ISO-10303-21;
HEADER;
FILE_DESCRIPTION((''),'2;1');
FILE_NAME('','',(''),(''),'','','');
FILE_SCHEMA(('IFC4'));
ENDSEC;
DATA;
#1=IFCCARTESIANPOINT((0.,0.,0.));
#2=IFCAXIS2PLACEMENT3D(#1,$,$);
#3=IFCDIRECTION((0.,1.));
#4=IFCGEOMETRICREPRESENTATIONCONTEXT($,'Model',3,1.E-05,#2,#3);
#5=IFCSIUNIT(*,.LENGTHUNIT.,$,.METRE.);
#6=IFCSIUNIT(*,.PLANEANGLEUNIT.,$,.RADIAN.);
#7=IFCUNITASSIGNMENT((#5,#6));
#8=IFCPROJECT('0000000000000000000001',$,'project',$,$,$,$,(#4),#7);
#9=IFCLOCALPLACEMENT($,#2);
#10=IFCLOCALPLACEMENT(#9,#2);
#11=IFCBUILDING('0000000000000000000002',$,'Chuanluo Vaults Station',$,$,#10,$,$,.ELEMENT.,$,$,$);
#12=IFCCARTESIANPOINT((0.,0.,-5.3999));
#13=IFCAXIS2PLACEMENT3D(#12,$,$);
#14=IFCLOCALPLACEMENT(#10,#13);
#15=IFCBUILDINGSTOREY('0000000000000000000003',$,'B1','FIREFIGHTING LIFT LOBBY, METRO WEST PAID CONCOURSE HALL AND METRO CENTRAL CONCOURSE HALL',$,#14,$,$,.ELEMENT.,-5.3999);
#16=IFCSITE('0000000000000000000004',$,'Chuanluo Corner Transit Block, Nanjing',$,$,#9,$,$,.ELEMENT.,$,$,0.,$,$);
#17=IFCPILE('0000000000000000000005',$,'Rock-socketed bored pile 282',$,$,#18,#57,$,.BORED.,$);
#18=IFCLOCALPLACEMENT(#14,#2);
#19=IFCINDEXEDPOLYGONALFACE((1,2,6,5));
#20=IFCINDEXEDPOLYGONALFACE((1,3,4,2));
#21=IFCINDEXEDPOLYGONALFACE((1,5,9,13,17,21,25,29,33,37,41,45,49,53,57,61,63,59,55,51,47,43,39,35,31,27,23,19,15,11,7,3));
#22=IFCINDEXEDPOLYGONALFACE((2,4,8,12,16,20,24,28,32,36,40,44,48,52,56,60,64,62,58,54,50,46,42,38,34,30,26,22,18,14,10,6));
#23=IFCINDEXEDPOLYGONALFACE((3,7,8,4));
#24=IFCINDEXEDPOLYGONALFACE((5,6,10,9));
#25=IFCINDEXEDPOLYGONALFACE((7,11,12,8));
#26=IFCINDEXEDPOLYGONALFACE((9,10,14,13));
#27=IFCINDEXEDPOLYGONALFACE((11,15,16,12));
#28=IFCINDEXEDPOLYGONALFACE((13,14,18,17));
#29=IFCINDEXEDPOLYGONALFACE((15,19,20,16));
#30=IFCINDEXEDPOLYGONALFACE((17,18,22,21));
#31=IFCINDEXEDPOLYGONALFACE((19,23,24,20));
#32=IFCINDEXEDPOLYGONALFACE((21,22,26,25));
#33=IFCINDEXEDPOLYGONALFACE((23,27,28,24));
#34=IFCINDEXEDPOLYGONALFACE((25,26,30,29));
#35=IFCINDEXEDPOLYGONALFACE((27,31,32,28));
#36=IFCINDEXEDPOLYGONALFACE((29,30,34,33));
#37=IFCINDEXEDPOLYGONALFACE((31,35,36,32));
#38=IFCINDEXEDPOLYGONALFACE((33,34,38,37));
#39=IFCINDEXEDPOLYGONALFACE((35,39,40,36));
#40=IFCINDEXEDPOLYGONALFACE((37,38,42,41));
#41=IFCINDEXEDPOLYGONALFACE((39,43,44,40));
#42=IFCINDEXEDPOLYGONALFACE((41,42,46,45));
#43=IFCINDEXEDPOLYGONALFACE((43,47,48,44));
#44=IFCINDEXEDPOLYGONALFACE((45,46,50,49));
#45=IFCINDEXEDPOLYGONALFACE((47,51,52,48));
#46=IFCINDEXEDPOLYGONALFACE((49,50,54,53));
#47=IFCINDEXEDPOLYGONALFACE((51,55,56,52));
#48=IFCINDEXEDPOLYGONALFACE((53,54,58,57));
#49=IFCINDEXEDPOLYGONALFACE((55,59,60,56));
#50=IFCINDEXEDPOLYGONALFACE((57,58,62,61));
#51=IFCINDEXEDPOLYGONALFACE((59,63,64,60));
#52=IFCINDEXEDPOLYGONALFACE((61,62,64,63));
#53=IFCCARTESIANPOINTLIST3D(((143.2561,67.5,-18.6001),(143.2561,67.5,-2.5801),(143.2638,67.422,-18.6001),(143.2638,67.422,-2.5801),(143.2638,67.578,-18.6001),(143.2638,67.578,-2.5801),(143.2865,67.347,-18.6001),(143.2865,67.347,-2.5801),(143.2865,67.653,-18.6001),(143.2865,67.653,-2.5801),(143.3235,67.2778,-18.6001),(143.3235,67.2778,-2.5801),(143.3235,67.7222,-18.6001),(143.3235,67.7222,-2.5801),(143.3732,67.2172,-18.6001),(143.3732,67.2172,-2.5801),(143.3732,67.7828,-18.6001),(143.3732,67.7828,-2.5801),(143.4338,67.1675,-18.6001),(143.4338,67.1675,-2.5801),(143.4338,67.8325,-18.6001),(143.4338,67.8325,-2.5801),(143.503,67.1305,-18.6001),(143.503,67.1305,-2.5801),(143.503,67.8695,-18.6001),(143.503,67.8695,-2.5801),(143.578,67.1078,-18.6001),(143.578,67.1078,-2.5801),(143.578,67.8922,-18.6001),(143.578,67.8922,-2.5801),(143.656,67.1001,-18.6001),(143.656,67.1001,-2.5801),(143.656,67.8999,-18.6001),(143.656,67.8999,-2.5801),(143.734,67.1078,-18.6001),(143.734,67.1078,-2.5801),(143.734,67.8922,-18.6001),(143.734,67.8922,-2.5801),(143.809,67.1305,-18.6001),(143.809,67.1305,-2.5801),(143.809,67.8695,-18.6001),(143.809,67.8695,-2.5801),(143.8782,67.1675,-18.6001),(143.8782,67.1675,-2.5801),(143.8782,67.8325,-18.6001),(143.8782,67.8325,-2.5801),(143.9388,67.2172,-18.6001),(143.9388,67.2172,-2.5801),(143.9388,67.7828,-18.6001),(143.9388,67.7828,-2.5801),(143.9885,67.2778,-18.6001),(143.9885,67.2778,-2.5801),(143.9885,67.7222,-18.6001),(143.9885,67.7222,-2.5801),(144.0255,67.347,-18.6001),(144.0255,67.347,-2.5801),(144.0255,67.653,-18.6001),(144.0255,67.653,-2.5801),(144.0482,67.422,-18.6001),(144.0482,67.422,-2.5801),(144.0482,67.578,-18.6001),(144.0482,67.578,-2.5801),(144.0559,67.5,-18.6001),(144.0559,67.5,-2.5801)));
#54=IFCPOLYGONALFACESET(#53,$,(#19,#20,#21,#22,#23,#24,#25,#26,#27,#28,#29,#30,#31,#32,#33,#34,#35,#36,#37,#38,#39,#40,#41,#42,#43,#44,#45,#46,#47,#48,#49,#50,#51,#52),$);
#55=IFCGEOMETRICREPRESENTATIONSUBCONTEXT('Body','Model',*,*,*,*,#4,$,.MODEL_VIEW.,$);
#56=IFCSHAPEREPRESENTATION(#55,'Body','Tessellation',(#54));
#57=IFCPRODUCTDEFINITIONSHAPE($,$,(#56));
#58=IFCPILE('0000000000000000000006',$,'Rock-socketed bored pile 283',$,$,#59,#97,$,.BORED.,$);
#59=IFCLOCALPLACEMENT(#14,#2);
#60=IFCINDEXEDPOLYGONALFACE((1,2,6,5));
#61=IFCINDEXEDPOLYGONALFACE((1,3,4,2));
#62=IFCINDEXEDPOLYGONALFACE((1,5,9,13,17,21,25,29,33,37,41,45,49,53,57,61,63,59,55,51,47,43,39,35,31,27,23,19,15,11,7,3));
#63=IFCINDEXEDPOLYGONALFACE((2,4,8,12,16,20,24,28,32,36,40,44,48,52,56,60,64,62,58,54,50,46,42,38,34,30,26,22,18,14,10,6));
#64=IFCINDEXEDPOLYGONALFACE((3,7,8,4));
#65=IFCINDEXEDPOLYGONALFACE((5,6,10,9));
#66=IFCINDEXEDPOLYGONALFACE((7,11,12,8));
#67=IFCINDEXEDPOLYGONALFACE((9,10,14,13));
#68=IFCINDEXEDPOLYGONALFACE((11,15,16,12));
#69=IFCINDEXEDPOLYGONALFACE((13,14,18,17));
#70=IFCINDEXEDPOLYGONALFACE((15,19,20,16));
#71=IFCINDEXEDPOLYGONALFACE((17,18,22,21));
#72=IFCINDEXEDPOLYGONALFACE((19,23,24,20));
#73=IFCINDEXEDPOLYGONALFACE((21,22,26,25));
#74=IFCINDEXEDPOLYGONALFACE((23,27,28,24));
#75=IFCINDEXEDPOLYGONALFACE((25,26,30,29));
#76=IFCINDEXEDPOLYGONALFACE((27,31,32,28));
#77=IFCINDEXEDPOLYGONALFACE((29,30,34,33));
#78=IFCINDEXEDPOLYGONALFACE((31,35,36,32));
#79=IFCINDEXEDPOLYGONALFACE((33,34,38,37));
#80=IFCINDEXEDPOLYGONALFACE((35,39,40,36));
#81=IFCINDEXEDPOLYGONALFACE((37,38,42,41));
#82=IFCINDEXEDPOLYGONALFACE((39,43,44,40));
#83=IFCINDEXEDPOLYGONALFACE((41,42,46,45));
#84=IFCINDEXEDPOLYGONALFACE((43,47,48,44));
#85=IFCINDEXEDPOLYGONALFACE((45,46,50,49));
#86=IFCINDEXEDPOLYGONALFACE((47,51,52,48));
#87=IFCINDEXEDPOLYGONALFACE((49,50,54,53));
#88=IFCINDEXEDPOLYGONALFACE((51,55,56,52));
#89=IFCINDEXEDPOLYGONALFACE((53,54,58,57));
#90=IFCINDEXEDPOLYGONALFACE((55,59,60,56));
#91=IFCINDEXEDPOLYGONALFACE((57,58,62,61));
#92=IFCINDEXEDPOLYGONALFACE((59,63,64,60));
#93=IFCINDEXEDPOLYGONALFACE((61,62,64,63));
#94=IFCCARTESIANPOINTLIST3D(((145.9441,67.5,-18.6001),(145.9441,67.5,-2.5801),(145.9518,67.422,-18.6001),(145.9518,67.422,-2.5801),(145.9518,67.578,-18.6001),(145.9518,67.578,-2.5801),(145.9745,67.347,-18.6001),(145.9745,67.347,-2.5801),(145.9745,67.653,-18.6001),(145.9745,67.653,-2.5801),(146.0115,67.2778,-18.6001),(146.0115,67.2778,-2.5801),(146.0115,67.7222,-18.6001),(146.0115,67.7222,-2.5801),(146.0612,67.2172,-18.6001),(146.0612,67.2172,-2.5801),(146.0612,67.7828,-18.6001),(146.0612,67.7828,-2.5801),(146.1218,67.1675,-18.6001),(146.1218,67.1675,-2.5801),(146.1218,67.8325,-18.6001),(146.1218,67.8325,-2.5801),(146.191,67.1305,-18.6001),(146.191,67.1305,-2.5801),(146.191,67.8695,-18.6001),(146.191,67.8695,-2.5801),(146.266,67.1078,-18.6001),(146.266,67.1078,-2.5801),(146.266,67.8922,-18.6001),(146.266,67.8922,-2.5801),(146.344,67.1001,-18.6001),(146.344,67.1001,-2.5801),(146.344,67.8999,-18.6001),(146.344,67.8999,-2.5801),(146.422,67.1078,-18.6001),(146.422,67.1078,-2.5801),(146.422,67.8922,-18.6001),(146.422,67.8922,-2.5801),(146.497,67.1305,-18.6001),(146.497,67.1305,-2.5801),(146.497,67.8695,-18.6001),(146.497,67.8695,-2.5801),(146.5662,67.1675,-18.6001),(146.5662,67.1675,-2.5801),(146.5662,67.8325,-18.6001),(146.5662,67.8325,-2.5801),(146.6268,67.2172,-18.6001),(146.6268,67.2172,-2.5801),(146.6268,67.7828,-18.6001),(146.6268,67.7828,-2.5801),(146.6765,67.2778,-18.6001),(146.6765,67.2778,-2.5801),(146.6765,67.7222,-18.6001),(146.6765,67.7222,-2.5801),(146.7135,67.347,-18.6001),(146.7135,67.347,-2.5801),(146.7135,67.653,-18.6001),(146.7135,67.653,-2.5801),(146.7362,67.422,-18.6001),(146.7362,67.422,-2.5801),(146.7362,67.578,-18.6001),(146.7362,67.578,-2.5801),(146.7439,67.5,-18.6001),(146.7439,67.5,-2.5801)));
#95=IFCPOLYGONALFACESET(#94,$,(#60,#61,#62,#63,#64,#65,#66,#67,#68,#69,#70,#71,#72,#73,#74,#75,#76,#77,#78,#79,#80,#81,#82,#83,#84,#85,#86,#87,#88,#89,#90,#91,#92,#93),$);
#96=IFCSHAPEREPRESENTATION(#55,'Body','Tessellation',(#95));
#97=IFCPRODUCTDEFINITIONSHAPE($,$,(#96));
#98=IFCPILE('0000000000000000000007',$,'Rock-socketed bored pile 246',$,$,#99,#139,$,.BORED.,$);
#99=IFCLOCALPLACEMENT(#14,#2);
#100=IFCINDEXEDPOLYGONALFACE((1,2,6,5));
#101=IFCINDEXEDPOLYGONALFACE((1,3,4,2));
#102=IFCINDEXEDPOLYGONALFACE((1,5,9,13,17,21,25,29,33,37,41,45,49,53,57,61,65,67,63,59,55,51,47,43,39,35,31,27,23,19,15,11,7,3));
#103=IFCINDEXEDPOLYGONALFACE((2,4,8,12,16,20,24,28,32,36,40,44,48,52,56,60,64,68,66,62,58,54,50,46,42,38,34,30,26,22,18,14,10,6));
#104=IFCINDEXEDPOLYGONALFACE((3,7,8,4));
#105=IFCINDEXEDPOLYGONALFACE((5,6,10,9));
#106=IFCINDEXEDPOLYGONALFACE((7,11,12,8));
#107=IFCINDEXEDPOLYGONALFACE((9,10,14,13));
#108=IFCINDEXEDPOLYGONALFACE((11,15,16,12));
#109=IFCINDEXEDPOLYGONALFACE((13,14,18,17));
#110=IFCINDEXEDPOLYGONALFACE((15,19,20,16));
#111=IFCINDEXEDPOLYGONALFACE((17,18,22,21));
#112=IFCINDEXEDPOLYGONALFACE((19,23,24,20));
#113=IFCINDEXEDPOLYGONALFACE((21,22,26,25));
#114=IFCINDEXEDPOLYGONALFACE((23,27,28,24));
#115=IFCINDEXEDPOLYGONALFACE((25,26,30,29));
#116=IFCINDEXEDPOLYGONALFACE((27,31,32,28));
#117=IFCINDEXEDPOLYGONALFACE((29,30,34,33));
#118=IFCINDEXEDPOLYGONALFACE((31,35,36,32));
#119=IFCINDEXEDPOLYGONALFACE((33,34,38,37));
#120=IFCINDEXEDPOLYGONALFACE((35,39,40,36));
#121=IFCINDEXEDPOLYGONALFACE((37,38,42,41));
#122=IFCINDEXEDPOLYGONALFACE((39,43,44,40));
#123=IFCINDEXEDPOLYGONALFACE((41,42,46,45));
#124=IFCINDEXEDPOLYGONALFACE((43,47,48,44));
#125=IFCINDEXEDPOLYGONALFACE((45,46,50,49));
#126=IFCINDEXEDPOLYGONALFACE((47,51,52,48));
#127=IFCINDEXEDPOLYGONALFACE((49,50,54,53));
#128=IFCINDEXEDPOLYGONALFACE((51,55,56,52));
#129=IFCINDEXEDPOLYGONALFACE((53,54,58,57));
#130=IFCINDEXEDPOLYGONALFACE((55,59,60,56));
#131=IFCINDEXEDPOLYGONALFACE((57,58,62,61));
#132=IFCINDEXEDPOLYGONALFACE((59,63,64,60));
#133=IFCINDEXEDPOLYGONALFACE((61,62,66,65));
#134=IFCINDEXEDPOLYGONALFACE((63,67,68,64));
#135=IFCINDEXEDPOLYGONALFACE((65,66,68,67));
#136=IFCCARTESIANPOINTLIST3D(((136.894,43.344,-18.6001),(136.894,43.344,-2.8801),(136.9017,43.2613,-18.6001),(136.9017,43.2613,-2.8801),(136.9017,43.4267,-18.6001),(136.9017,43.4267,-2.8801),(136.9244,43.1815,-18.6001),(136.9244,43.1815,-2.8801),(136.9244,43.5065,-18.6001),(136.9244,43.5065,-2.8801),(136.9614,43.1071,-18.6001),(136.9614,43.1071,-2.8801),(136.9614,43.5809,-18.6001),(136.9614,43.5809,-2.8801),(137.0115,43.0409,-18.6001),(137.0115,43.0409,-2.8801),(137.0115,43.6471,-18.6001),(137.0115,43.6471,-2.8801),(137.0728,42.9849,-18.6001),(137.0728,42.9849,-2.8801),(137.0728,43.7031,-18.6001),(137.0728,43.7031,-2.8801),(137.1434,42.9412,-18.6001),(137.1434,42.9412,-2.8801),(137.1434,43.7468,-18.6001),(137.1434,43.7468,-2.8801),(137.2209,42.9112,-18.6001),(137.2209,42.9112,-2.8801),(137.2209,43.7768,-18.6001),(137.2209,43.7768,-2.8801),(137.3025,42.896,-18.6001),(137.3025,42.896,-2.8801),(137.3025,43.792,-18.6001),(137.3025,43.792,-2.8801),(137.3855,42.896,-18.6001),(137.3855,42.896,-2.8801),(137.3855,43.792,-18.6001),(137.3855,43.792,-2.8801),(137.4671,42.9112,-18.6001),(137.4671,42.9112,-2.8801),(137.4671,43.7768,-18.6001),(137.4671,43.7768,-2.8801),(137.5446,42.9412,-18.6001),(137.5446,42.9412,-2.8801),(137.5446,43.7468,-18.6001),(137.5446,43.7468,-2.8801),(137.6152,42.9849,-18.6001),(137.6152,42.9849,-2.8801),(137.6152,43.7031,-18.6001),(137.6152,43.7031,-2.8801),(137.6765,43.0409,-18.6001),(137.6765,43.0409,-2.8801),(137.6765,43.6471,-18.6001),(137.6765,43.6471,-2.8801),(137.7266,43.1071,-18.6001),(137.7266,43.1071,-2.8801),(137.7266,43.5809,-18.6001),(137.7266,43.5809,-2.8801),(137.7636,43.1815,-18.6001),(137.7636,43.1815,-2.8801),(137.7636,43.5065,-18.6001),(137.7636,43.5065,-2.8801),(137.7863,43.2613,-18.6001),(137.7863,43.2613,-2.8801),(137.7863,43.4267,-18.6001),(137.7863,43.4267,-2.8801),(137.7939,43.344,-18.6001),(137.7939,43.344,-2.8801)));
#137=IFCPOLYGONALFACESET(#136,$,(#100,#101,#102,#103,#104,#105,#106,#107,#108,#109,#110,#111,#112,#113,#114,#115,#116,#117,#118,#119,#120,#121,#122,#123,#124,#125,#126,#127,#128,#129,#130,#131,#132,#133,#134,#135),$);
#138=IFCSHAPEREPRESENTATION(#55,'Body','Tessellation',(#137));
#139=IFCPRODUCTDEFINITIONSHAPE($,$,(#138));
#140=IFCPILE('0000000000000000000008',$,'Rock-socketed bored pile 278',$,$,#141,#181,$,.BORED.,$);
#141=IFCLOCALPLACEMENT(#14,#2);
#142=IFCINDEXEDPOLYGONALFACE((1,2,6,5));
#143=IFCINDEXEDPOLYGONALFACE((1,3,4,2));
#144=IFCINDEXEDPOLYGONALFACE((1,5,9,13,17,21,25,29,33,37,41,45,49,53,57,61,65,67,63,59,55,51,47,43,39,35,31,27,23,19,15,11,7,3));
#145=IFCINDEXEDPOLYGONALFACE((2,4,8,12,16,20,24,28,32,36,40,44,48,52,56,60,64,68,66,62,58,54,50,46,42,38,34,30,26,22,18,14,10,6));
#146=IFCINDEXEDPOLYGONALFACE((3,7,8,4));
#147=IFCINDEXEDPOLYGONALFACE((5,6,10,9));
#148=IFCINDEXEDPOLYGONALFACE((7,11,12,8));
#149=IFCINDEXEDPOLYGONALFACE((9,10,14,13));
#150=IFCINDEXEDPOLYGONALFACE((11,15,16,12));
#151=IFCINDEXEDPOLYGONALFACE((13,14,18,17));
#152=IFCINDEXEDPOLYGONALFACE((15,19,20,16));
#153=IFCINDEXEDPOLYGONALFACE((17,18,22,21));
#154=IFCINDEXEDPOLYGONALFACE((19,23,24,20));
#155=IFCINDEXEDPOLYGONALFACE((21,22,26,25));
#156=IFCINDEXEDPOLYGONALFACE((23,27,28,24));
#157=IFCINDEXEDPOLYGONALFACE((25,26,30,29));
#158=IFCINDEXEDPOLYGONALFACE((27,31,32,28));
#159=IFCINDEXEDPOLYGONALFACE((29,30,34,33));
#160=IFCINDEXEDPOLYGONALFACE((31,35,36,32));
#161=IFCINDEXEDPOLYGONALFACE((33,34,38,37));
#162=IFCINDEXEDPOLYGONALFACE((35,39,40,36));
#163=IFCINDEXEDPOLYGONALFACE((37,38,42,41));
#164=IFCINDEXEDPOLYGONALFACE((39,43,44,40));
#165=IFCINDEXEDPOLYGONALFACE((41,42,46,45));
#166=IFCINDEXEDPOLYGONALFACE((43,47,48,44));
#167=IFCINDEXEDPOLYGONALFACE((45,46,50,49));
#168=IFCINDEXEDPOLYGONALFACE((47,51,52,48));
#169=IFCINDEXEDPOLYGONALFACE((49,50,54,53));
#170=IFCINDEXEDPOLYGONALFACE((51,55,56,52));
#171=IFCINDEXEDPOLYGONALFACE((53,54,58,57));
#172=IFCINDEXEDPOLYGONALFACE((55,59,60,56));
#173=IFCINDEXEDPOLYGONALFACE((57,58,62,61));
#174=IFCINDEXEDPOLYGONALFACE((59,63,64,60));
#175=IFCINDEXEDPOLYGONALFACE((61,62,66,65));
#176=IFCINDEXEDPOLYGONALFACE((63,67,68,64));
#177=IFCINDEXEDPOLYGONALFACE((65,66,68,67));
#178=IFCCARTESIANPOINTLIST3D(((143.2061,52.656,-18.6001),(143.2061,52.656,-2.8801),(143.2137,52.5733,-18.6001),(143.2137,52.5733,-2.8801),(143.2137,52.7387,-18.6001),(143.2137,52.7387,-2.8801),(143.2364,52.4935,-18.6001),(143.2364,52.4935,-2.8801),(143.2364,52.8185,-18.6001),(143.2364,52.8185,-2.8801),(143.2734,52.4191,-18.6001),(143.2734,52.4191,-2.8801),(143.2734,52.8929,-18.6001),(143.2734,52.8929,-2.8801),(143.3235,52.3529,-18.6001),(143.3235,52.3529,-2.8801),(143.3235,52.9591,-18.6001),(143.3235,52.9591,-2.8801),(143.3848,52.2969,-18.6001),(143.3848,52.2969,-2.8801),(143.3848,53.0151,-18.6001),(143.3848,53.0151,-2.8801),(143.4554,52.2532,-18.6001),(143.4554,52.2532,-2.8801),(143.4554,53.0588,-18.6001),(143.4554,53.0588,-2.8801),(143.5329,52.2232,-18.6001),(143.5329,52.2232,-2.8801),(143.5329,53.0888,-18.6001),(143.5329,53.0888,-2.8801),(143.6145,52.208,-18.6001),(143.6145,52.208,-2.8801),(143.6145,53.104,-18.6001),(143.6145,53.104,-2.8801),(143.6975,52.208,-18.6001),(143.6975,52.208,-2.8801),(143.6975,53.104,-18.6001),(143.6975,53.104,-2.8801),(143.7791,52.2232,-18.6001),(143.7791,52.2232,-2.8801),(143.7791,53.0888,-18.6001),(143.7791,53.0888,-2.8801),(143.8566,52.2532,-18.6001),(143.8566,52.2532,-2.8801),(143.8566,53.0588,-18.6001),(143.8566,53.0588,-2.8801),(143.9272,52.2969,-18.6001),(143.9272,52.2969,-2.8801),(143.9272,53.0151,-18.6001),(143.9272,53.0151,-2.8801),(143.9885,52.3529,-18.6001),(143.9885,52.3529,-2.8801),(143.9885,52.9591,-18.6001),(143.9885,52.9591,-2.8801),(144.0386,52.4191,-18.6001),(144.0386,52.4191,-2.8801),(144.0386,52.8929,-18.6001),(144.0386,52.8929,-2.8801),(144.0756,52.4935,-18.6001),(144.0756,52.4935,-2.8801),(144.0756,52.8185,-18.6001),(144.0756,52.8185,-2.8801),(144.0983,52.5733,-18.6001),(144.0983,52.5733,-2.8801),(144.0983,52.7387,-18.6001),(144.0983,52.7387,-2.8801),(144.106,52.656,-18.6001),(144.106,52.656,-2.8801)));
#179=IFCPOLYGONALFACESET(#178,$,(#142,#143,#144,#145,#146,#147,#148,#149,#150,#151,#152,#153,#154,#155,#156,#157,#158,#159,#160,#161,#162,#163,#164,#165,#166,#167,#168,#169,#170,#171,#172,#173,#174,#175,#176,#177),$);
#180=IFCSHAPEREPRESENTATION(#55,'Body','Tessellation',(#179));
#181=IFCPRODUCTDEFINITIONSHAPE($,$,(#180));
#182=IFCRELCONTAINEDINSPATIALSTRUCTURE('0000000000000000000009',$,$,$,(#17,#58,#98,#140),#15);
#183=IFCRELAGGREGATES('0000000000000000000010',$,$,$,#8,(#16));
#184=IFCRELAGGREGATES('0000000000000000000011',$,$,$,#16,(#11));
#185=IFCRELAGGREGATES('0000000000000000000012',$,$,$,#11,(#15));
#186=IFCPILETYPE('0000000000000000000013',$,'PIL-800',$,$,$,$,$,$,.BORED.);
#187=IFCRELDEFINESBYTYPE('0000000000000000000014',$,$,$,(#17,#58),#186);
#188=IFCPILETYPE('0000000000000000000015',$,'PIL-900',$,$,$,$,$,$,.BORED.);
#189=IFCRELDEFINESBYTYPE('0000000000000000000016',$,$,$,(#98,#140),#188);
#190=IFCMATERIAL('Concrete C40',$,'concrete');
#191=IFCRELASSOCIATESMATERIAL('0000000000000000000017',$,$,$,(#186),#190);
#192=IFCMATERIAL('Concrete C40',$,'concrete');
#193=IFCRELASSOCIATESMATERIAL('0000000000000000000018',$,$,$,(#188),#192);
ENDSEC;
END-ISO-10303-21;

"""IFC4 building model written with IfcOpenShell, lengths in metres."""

from ifc_helpers import new_model, si_unit, direction, frame, origin, origin_2d, place, context, subcontext, project, spatial, circle, extrude, material, material_profile, profile_set, type_object, element, save


model = new_model("IFC4")

# Units and contexts
model_context = context("Model", 3, precision=1e-05, world=origin(), true_north=direction((0.0, 1.0)))
body_context = subcontext(model_context, "Body", "Model", "MODEL_VIEW")
ifc_project = project(units=[si_unit("LENGTHUNIT", "METRE"), si_unit("PLANEANGLEUNIT", "RADIAN")], contexts=[model_context])

# Site, building, storey
site_placement = place(None, origin())
site = spatial("IfcSite", under=ifc_project, at=site_placement, Name="Chuanluo Corner Transit Block, Nanjing", CompositionType="ELEMENT", RefElevation=0.0)
building_placement = place(site_placement, origin())
building = spatial("IfcBuilding", under=site, at=building_placement, Name="Chuanluo Vaults Station", CompositionType="ELEMENT")
storey_placement = place(building_placement, frame((0.0, 0.0, -5.3999)))
storey = spatial("IfcBuildingStorey", under=building, at=storey_placement, Name="B1", Description="FIREFIGHTING LIFT LOBBY, METRO WEST PAID CONCOURSE HALL AND METRO CENTRAL CONCOURSE HALL", CompositionType="ELEMENT", Elevation=-5.3999)

# Piles
ifc_material_1 = material(Name="Concrete C40", Category="concrete")
ifc_material_profile_1 = material_profile(ifc_material_1, circle(Radius=0.3999, at=origin_2d()))
ifc_profile_set_1 = profile_set([ifc_material_profile_1], Name="Concrete C40")
pile_type_1 = type_object("IfcPileType", Name="PIL-800", PredefinedType="BORED", material=ifc_profile_set_1)
for number, where, z_axis, x_axis, name in (
    (1, (143.656, 67.5, -2.5801), (0.0, 0.0, -1.0), (1.0, 0.0, 0.0), "Rock-socketed bored pile 282"),
    (2, (146.344, 67.5, -2.5801), (0.0, 0.0, -1.0), (1.0, 0.0, 0.0), "Rock-socketed bored pile 283"),
):
    element("IfcPile", number, at=place(storey_placement, frame(where, z_axis=z_axis, x_axis=x_axis)), inside=storey, type_object=pile_type_1, Name=name, PredefinedType="BORED", context=body_context, shape_type="SweptSolid", body=[
        extrude(circle(Radius=0.3999, at=origin_2d()), origin(), (0.0, 0.0, 1.0), 16.02),
    ])
ifc_material_2 = material(Name="Concrete C40", Category="concrete")
ifc_material_profile_2 = material_profile(ifc_material_2, circle(Radius=0.45, at=origin_2d()))
ifc_profile_set_2 = profile_set([ifc_material_profile_2], Name="Concrete C40")
pile_type_2 = type_object("IfcPileType", Name="PIL-900", PredefinedType="BORED", material=ifc_profile_set_2)
for number, where, z_axis, x_axis, name in (
    (3, (137.344, 43.344, -2.8801), (0.0, 0.0, -1.0), (1.0, 0.0, 0.0), "Rock-socketed bored pile 246"),
    (4, (143.656, 52.656, -2.8801), (0.0, 0.0, -1.0), (1.0, 0.0, 0.0), "Rock-socketed bored pile 278"),
):
    element("IfcPile", number, at=place(storey_placement, frame(where, z_axis=z_axis, x_axis=x_axis)), inside=storey, type_object=pile_type_2, Name=name, PredefinedType="BORED", context=body_context, shape_type="SweptSolid", body=[
        extrude(circle(Radius=0.45, at=origin_2d()), origin(), (0.0, 0.0, 1.0), 15.72),
    ])

save(model, "model.ifc")
